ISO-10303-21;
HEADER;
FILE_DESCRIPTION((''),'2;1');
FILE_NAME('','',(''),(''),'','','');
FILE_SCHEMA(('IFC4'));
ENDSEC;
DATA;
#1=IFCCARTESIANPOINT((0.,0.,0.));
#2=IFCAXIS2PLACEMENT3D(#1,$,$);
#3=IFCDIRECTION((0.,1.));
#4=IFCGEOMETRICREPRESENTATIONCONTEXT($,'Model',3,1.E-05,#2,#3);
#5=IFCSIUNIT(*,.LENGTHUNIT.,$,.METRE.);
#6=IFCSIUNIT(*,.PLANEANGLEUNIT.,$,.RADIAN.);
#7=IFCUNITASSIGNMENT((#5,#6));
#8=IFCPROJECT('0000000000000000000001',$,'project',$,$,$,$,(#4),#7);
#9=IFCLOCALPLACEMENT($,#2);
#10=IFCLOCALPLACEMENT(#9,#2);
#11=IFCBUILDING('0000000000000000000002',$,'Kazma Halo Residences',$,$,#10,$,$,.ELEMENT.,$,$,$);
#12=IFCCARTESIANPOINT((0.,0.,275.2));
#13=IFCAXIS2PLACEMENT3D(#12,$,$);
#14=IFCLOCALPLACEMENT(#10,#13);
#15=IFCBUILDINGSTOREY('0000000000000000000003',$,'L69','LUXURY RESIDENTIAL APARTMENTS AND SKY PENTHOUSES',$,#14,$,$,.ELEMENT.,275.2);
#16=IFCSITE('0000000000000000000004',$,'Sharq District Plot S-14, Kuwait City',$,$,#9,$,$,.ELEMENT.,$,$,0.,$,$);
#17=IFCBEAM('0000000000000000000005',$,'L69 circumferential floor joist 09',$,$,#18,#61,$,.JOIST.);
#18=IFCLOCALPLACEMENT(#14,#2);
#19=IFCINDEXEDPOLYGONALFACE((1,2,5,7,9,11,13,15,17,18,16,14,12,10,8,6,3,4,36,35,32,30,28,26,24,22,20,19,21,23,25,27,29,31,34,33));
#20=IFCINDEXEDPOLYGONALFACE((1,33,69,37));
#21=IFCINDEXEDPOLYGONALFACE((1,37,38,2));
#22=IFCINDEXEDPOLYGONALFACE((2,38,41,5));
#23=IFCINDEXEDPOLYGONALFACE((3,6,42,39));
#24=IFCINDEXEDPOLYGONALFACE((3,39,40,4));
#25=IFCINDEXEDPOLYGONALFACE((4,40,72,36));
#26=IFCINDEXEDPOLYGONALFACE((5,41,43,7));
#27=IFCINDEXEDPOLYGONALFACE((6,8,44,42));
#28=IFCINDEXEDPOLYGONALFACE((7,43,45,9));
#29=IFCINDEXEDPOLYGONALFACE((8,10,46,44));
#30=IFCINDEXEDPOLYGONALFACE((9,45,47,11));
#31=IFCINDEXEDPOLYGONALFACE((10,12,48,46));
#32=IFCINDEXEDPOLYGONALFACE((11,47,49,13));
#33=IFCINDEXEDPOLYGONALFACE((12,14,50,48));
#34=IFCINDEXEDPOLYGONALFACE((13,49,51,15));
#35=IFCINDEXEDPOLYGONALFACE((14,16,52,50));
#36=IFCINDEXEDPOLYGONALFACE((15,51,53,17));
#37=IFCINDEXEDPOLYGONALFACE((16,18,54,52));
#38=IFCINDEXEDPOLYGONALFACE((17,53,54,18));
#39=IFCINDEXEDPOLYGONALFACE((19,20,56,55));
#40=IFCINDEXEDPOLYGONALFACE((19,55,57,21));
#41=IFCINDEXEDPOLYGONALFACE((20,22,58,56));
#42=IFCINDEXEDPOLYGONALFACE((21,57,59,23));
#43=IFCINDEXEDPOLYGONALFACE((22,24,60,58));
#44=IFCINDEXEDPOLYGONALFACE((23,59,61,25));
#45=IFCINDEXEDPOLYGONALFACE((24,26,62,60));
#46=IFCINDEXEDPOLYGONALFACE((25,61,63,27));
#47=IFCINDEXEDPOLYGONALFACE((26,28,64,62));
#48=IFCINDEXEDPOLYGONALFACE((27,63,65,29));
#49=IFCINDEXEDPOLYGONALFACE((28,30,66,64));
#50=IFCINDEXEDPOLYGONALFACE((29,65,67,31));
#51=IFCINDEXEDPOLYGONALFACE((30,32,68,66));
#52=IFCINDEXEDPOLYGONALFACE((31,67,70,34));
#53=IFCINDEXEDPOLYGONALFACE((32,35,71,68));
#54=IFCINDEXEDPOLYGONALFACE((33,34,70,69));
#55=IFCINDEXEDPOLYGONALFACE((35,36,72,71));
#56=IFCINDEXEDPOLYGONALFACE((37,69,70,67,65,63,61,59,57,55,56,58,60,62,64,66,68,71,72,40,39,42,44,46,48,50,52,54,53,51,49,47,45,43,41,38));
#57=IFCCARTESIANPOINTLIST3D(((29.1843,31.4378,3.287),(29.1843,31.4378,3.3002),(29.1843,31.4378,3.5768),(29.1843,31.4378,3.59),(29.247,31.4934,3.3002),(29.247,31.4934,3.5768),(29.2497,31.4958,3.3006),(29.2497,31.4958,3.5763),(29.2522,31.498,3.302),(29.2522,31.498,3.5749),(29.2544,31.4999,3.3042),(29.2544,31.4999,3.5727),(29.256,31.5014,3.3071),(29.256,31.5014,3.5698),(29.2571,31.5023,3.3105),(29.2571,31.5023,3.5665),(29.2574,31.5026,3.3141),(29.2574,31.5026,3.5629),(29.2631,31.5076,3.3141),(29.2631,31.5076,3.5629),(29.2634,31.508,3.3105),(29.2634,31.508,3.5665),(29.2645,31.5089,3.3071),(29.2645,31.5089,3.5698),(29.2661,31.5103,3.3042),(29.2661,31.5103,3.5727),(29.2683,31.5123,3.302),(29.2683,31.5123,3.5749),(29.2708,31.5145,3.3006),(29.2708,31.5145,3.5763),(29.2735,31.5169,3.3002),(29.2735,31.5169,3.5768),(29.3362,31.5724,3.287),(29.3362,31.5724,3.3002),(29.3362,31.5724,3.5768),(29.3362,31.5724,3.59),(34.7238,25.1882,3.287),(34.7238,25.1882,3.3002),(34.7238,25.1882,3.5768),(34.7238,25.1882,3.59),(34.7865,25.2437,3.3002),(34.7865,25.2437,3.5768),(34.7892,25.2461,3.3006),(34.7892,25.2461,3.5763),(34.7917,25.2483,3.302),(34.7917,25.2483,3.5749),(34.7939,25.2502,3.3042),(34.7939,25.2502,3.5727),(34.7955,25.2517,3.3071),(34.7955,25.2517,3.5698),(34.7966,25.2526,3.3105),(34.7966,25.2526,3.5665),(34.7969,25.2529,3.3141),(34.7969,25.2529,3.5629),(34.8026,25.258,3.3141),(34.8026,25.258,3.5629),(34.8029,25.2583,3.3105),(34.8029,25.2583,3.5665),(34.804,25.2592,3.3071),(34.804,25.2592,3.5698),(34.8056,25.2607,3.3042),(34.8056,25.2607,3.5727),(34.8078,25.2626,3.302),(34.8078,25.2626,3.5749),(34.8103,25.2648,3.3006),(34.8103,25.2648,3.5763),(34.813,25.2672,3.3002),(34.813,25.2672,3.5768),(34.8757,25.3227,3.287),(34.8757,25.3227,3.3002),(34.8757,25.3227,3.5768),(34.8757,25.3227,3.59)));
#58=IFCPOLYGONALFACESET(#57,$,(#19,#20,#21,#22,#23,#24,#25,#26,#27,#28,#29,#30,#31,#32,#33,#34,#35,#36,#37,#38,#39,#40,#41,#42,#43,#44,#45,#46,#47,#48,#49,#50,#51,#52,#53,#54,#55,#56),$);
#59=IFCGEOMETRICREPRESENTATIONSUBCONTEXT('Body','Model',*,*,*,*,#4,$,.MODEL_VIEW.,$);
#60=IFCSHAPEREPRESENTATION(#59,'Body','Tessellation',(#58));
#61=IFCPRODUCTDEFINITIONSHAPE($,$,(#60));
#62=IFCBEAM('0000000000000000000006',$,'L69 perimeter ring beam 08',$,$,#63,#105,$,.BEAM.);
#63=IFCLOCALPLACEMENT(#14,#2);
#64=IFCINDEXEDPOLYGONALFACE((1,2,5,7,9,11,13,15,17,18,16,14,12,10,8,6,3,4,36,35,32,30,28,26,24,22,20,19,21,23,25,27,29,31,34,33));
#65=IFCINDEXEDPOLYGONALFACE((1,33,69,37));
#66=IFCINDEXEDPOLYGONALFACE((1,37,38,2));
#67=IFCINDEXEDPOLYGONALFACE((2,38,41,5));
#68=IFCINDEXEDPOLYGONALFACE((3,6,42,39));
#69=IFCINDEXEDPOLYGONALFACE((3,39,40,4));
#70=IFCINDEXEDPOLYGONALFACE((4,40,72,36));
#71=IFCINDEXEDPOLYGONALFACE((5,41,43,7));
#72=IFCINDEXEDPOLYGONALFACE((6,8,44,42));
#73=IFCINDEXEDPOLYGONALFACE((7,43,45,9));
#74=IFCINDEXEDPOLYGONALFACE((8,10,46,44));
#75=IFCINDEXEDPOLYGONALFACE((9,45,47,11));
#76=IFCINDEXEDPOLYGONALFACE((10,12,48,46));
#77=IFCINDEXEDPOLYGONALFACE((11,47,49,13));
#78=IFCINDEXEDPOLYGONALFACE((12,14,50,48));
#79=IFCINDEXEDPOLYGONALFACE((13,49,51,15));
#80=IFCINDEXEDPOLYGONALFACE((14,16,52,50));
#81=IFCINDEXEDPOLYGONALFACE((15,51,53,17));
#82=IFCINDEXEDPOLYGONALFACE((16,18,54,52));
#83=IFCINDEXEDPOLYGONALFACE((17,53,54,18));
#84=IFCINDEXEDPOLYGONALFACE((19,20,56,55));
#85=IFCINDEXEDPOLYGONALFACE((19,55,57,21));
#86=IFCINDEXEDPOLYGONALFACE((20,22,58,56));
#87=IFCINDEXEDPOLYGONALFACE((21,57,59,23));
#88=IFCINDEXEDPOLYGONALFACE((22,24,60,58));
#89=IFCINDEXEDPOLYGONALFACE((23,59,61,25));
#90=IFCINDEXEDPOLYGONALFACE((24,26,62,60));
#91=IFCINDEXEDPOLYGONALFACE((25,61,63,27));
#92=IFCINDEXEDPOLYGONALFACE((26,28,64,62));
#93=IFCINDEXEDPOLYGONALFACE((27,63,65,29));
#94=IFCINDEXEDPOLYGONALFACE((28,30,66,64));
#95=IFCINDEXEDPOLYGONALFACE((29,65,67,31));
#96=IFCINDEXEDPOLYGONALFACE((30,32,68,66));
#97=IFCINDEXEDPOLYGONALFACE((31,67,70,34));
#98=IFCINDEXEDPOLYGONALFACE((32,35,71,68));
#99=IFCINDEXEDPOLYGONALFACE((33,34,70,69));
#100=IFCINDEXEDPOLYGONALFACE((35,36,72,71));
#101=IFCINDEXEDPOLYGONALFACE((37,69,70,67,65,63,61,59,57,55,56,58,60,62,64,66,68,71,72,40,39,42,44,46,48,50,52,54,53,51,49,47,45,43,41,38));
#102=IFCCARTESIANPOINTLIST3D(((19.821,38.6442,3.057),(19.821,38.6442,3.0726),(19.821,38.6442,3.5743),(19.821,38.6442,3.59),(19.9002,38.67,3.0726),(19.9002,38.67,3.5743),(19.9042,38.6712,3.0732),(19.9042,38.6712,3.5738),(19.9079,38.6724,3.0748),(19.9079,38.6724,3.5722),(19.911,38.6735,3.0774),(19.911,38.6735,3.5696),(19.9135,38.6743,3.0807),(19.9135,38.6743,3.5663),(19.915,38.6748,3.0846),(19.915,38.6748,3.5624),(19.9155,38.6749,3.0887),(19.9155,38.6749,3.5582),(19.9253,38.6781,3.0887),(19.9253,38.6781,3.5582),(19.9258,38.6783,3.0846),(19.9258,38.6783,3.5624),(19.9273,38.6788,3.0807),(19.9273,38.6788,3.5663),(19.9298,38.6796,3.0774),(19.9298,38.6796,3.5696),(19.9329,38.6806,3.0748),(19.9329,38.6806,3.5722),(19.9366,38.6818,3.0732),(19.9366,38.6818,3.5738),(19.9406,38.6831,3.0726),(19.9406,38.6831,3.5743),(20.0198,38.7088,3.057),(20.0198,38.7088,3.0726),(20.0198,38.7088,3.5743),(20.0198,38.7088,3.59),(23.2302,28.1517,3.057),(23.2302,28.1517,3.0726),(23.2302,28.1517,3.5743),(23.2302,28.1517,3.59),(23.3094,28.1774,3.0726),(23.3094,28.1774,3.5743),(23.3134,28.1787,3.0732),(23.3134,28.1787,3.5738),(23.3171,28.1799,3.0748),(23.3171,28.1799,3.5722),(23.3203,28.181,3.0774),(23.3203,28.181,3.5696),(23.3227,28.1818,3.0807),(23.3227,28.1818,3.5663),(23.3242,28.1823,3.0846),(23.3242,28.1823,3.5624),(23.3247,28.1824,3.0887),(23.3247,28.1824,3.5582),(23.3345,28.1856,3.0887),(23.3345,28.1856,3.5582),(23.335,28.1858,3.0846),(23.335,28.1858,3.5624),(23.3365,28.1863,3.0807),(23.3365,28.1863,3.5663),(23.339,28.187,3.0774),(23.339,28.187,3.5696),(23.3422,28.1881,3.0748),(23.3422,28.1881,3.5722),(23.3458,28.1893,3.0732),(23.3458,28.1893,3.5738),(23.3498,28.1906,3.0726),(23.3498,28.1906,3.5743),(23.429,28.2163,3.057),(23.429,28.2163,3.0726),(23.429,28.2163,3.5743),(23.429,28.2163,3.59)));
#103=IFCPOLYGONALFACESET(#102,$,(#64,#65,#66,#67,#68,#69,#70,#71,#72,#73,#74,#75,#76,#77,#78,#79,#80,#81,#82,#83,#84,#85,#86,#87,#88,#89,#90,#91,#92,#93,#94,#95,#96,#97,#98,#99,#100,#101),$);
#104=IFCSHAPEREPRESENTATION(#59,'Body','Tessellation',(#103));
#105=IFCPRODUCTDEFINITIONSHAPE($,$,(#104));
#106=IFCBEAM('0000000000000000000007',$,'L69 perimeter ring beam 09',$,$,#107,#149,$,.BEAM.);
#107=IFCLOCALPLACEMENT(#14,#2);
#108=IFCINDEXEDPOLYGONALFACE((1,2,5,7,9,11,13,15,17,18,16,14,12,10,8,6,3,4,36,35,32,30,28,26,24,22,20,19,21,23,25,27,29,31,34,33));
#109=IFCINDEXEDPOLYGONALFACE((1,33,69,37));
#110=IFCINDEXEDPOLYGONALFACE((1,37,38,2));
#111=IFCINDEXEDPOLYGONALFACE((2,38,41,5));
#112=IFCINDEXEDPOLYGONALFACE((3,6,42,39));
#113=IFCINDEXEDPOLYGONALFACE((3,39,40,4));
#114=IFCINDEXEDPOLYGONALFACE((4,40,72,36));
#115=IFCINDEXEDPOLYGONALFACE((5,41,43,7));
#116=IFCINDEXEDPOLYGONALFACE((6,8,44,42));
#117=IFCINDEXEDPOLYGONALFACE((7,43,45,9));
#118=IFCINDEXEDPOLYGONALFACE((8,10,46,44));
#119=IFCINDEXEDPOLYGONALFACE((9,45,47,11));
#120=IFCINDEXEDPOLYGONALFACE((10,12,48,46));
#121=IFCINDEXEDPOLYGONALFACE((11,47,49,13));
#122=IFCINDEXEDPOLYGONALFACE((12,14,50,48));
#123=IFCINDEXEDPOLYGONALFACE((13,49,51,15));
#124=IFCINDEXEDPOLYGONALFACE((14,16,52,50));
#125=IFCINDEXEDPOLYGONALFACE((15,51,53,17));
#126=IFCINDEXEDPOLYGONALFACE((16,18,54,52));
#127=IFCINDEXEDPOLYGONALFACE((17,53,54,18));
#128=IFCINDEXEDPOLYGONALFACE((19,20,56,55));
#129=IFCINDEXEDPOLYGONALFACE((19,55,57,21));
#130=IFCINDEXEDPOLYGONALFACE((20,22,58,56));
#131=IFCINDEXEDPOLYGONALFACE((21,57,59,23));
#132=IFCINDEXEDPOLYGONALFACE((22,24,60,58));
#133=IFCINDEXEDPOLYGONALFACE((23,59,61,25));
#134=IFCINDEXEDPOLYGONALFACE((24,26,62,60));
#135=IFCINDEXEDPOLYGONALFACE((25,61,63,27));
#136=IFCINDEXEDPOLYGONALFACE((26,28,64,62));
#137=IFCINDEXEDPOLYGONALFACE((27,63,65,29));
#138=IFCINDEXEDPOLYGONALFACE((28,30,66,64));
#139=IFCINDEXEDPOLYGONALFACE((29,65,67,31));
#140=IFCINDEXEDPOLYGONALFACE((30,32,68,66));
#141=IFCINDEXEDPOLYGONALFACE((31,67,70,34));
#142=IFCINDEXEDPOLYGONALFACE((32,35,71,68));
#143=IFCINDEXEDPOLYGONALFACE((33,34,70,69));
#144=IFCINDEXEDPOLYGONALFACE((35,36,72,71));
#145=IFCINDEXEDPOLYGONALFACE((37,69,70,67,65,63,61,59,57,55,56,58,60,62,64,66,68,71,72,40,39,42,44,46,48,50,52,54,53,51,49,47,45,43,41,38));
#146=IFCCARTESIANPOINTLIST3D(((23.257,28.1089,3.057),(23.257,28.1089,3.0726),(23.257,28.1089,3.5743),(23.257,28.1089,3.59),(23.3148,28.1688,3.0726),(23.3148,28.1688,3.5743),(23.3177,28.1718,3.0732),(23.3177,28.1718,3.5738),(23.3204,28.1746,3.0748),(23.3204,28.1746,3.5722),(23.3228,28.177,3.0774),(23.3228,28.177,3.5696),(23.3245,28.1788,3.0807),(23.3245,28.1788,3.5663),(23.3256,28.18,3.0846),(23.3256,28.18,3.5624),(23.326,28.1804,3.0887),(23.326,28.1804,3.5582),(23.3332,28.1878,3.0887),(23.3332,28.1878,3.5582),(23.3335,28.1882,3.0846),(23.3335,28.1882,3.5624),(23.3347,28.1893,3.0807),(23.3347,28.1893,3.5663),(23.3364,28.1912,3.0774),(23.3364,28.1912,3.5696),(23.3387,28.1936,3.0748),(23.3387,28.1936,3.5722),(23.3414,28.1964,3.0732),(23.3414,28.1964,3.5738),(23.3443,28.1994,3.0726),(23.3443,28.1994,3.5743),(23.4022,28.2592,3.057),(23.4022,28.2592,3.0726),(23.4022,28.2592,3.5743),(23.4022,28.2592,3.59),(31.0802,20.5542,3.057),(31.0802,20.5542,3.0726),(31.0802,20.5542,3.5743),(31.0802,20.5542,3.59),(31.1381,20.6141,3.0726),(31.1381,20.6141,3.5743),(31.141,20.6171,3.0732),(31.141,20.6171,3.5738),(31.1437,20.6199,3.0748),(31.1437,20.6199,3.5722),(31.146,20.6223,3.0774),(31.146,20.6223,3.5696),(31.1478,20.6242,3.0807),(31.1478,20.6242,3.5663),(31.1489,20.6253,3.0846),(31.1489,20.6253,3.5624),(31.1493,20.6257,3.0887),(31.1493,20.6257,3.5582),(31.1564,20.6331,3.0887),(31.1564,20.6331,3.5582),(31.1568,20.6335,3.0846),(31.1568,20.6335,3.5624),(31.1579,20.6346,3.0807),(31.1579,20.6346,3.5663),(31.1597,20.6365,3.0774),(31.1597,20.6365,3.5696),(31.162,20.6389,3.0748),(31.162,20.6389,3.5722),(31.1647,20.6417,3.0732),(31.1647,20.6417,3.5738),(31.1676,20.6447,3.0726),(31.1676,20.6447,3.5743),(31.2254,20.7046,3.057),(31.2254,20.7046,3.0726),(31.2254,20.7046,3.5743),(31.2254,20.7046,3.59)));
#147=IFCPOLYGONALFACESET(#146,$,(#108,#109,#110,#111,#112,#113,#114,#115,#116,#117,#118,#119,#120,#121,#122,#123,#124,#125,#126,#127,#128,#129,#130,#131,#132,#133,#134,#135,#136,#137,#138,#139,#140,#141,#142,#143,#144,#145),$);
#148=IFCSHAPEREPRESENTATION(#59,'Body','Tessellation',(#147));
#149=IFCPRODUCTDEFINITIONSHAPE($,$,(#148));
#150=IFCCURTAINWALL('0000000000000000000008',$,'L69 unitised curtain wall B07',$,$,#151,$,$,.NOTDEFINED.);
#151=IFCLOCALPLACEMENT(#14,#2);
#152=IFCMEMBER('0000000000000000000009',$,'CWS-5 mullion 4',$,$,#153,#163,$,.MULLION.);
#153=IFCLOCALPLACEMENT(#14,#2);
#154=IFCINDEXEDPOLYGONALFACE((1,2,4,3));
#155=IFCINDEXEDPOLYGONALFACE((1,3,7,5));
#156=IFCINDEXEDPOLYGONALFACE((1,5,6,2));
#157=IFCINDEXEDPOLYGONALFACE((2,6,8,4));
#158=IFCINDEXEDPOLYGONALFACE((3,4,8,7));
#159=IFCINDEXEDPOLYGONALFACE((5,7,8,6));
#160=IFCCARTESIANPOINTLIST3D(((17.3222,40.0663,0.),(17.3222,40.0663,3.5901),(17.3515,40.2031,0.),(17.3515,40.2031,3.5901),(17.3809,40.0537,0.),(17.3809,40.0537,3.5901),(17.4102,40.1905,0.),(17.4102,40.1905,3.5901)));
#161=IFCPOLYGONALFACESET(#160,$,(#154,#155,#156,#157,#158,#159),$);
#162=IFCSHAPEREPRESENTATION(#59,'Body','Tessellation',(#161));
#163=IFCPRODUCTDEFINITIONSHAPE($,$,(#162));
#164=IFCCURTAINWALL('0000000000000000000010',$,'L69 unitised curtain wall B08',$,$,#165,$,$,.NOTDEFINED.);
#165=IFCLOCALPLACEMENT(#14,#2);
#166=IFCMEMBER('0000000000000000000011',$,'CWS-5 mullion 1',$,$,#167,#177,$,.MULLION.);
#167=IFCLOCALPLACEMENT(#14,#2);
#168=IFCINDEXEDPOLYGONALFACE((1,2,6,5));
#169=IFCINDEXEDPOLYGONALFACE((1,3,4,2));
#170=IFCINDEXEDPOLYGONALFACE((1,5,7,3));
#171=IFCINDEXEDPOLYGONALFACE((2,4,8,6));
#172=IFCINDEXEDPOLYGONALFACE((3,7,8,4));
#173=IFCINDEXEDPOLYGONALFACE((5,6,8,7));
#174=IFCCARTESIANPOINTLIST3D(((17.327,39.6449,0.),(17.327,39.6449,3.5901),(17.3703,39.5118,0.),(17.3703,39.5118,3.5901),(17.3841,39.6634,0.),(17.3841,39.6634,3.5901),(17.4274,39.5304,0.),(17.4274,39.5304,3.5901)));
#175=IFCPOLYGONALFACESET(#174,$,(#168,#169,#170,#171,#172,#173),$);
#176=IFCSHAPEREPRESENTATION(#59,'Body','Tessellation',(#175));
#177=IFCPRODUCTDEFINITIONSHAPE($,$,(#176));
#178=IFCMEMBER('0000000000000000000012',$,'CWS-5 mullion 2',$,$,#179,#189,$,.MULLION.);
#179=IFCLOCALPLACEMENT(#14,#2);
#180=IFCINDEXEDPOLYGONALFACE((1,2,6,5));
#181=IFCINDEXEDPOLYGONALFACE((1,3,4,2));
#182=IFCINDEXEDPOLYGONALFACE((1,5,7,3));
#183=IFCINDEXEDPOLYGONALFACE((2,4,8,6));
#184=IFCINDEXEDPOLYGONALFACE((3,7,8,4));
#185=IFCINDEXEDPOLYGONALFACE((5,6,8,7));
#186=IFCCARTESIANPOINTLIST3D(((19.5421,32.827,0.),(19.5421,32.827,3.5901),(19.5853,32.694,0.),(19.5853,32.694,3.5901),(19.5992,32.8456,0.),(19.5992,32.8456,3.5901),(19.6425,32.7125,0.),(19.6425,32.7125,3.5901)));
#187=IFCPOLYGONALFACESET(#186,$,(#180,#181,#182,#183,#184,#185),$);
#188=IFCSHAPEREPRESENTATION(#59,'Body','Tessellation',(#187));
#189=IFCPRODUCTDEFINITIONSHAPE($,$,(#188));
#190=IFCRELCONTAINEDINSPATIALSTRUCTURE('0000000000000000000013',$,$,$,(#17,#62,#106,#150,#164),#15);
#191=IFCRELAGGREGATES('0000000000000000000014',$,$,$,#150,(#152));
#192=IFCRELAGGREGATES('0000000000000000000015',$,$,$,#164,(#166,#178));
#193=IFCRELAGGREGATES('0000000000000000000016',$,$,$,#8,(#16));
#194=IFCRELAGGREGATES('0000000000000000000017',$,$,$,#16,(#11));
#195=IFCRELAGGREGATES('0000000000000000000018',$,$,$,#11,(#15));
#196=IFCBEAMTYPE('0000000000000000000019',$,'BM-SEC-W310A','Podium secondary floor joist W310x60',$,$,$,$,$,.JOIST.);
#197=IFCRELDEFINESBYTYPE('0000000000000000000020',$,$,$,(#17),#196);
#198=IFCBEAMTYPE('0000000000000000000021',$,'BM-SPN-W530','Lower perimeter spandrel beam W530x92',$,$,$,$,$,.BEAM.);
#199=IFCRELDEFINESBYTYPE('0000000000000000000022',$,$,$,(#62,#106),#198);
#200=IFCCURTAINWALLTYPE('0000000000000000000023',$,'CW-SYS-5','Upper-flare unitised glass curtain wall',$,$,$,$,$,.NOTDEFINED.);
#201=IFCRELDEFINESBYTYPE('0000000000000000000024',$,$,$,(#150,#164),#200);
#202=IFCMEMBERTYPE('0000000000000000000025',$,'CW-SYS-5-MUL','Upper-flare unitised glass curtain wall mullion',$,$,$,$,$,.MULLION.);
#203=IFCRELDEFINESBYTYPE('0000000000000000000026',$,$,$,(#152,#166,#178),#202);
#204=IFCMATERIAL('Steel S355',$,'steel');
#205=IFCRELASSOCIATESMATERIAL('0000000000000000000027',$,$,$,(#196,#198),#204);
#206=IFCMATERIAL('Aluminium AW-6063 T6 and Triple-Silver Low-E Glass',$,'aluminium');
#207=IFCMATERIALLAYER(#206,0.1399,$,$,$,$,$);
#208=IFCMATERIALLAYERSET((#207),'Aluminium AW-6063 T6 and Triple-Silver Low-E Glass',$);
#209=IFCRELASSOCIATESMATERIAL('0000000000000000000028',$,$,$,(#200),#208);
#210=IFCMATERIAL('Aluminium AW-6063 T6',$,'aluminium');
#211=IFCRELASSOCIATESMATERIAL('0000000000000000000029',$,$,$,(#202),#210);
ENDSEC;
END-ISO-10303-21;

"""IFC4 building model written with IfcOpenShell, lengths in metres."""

from ifc_helpers import new_model, si_unit, direction, frame, origin, origin_2d, place, context, subcontext, project, spatial, rectangle, i_section, extrude, material, layer, layer_set, material_profile, profile_set, type_object, element, aggregate, save


model = new_model("IFC4")

# Units and contexts
model_context = context("Model", 3, precision=1e-05, world=origin(), true_north=direction((0.0, 1.0)))
body_context = subcontext(model_context, "Body", "Model", "MODEL_VIEW")
ifc_project = project(units=[si_unit("LENGTHUNIT", "METRE"), si_unit("PLANEANGLEUNIT", "RADIAN")], contexts=[model_context])

# Site, building, storey
site_placement = place(None, origin())
site = spatial("IfcSite", under=ifc_project, at=site_placement, Name="Sharq District Plot S-14, Kuwait City", CompositionType="ELEMENT", RefElevation=0.0)
building_placement = place(site_placement, origin())
building = spatial("IfcBuilding", under=site, at=building_placement, Name="Kazma Halo Residences", CompositionType="ELEMENT")
storey_placement = place(building_placement, frame((0.0, 0.0, 275.2)))
storey = spatial("IfcBuildingStorey", under=building, at=storey_placement, Name="L69", Description="LUXURY RESIDENTIAL APARTMENTS AND SKY PENTHOUSES", CompositionType="ELEMENT", Elevation=275.2)

# Beams
ifc_material_1 = material(Name="Steel S355", Category="steel")
ifc_material_profile_1 = material_profile(ifc_material_1, i_section(OverallWidth=0.2029, OverallDepth=0.303, WebThickness=0.0076, FlangeThickness=0.0132, FilletRadius=0.0139, at=origin_2d()), Name="W310x60")
ifc_profile_set_1 = profile_set([ifc_material_profile_1], Name="Steel S355")
beam_type_1 = type_object("IfcBeamType", Name="BM-SEC-W310A", Description="Podium secondary floor joist W310x60", PredefinedType="JOIST", material=ifc_profile_set_1)
beam_1_placement = place(storey_placement, frame((29.2603, 31.5051, 3.4385), z_axis=(0.663307, -0.748347, 0.0), x_axis=(0.748347, 0.663307, 0.0)))
element("IfcBeam", 1, at=beam_1_placement, inside=storey, type_object=beam_type_1, Name="L69 circumferential floor joist 09", PredefinedType="JOIST", context=body_context, shape_type="SweptSolid", body=[
    extrude(i_section(OverallWidth=0.2029, OverallDepth=0.303, WebThickness=0.0076, FlangeThickness=0.0132, FilletRadius=0.0139, at=origin_2d()), origin(), (0.0, 0.0, 1.0), 8.3513),
])
ifc_material_profile_2 = material_profile(ifc_material_1, i_section(OverallWidth=0.209, OverallDepth=0.533, WebThickness=0.0103, FlangeThickness=0.0156, FilletRadius=0.0161, at=origin_2d()), Name="W530x92")
ifc_profile_set_2 = profile_set([ifc_material_profile_2], Name="Steel S355")
beam_type_2 = type_object("IfcBeamType", Name="BM-SPN-W530", Description="Lower perimeter spandrel beam W530x92", PredefinedType="BEAM", material=ifc_profile_set_2)
beam_2_placement = place(storey_placement, frame((19.9204, 38.6765, 3.3235), z_axis=(0.309016, -0.951057, 0.0), x_axis=(0.951057, 0.309016, 0.0)))
element("IfcBeam", 2, at=beam_2_placement, inside=storey, type_object=beam_type_2, Name="L69 perimeter ring beam 08", PredefinedType="BEAM", context=body_context, shape_type="SweptSolid", body=[
    extrude(i_section(OverallWidth=0.209, OverallDepth=0.533, WebThickness=0.0103, FlangeThickness=0.0156, FilletRadius=0.0161, at=origin_2d()), origin(), (0.0, 0.0, 1.0), 11.0325),
])
beam_3_placement = place(storey_placement, frame((23.3296, 28.1841, 3.3235), z_axis=(0.719346, -0.694652, 0.0), x_axis=(0.694652, 0.719346, 0.0)))
element("IfcBeam", 3, at=beam_3_placement, inside=storey, type_object=beam_type_2, Name="L69 perimeter ring beam 09", PredefinedType="BEAM", context=body_context, shape_type="SweptSolid", body=[
    extrude(i_section(OverallWidth=0.209, OverallDepth=0.533, WebThickness=0.0103, FlangeThickness=0.0156, FilletRadius=0.0161, at=origin_2d()), origin(), (0.0, 0.0, 1.0), 10.8755),
])

# Curtain wall, member
ifc_material_2 = material(Name="Aluminium AW-6063 T6 and Triple-Silver Low-E Glass", Category="aluminium")
ifc_layer_1 = layer(ifc_material_2, 0.1399)
ifc_layer_set_1 = layer_set([ifc_layer_1], Name="Aluminium AW-6063 T6 and Triple-Silver Low-E Glass")
curtain_wall_type = type_object("IfcCurtainWallType", Name="CW-SYS-5", Description="Upper-flare unitised glass curtain wall", PredefinedType="NOTDEFINED", material=ifc_layer_set_1)
curtain_wall_1_placement = place(storey_placement, origin())
curtain_wall_1 = element("IfcCurtainWall", 4, at=curtain_wall_1_placement, inside=storey, type_object=curtain_wall_type, Name="L69 unitised curtain wall B07", PredefinedType="NOTDEFINED")
ifc_material_3 = material(Name="Aluminium AW-6063 T6", Category="aluminium")
ifc_material_profile_3 = material_profile(ifc_material_3, rectangle(XDim=0.0601, YDim=0.1399, at=origin_2d()), Name="CWM-60x140")
ifc_profile_set_3 = profile_set([ifc_material_profile_3], Name="Aluminium AW-6063 T6")
member_type_1 = type_object("IfcMemberType", Name="CW-SYS-5-MUL", Description="Upper-flare unitised glass curtain wall mullion", PredefinedType="MULLION", material=ifc_profile_set_3)
member_1_placement = place(storey_placement, frame((17.3662, 40.1284, 0.0), z_axis=(0.0, 0.0, 1.0), x_axis=(0.977775, -0.209657, 0.0)))
member_1 = element("IfcMember", 5, at=member_1_placement, type_object=member_type_1, Name="CWS-5 mullion 4", PredefinedType="MULLION", context=body_context, shape_type="SweptSolid", body=[
    extrude(rectangle(XDim=0.0601, YDim=0.1399, at=origin_2d()), origin(), (0.0, 0.0, 1.0), 3.5901),
])
aggregate(curtain_wall_1, [member_1])

# Curtain wall, members
curtain_wall_2_placement = place(storey_placement, origin())
curtain_wall_2 = element("IfcCurtainWall", 6, at=curtain_wall_2_placement, inside=storey, type_object=curtain_wall_type, Name="L69 unitised curtain wall B08", PredefinedType="NOTDEFINED")
member_2_placement = place(storey_placement, frame((17.3772, 39.5876, 0.0), z_axis=(0.0, 0.0, 1.0), x_axis=(0.951058, 0.309011, 0.0)))
member_2 = element("IfcMember", 7, at=member_2_placement, type_object=member_type_1, Name="CWS-5 mullion 1", PredefinedType="MULLION", context=body_context, shape_type="SweptSolid", body=[
    extrude(rectangle(XDim=0.0601, YDim=0.1399, at=origin_2d()), origin(), (0.0, 0.0, 1.0), 3.5901),
])
member_3_placement = place(storey_placement, frame((19.5923, 32.7698, 0.0), z_axis=(0.0, 0.0, 1.0), x_axis=(0.951058, 0.309011, 0.0)))
member_3 = element("IfcMember", 8, at=member_3_placement, type_object=member_type_1, Name="CWS-5 mullion 2", PredefinedType="MULLION", context=body_context, shape_type="SweptSolid", body=[
    extrude(rectangle(XDim=0.0601, YDim=0.1399, at=origin_2d()), origin(), (0.0, 0.0, 1.0), 3.5901),
])

aggregate(curtain_wall_2, [member_2, member_3])

save(model, "model.ifc")
